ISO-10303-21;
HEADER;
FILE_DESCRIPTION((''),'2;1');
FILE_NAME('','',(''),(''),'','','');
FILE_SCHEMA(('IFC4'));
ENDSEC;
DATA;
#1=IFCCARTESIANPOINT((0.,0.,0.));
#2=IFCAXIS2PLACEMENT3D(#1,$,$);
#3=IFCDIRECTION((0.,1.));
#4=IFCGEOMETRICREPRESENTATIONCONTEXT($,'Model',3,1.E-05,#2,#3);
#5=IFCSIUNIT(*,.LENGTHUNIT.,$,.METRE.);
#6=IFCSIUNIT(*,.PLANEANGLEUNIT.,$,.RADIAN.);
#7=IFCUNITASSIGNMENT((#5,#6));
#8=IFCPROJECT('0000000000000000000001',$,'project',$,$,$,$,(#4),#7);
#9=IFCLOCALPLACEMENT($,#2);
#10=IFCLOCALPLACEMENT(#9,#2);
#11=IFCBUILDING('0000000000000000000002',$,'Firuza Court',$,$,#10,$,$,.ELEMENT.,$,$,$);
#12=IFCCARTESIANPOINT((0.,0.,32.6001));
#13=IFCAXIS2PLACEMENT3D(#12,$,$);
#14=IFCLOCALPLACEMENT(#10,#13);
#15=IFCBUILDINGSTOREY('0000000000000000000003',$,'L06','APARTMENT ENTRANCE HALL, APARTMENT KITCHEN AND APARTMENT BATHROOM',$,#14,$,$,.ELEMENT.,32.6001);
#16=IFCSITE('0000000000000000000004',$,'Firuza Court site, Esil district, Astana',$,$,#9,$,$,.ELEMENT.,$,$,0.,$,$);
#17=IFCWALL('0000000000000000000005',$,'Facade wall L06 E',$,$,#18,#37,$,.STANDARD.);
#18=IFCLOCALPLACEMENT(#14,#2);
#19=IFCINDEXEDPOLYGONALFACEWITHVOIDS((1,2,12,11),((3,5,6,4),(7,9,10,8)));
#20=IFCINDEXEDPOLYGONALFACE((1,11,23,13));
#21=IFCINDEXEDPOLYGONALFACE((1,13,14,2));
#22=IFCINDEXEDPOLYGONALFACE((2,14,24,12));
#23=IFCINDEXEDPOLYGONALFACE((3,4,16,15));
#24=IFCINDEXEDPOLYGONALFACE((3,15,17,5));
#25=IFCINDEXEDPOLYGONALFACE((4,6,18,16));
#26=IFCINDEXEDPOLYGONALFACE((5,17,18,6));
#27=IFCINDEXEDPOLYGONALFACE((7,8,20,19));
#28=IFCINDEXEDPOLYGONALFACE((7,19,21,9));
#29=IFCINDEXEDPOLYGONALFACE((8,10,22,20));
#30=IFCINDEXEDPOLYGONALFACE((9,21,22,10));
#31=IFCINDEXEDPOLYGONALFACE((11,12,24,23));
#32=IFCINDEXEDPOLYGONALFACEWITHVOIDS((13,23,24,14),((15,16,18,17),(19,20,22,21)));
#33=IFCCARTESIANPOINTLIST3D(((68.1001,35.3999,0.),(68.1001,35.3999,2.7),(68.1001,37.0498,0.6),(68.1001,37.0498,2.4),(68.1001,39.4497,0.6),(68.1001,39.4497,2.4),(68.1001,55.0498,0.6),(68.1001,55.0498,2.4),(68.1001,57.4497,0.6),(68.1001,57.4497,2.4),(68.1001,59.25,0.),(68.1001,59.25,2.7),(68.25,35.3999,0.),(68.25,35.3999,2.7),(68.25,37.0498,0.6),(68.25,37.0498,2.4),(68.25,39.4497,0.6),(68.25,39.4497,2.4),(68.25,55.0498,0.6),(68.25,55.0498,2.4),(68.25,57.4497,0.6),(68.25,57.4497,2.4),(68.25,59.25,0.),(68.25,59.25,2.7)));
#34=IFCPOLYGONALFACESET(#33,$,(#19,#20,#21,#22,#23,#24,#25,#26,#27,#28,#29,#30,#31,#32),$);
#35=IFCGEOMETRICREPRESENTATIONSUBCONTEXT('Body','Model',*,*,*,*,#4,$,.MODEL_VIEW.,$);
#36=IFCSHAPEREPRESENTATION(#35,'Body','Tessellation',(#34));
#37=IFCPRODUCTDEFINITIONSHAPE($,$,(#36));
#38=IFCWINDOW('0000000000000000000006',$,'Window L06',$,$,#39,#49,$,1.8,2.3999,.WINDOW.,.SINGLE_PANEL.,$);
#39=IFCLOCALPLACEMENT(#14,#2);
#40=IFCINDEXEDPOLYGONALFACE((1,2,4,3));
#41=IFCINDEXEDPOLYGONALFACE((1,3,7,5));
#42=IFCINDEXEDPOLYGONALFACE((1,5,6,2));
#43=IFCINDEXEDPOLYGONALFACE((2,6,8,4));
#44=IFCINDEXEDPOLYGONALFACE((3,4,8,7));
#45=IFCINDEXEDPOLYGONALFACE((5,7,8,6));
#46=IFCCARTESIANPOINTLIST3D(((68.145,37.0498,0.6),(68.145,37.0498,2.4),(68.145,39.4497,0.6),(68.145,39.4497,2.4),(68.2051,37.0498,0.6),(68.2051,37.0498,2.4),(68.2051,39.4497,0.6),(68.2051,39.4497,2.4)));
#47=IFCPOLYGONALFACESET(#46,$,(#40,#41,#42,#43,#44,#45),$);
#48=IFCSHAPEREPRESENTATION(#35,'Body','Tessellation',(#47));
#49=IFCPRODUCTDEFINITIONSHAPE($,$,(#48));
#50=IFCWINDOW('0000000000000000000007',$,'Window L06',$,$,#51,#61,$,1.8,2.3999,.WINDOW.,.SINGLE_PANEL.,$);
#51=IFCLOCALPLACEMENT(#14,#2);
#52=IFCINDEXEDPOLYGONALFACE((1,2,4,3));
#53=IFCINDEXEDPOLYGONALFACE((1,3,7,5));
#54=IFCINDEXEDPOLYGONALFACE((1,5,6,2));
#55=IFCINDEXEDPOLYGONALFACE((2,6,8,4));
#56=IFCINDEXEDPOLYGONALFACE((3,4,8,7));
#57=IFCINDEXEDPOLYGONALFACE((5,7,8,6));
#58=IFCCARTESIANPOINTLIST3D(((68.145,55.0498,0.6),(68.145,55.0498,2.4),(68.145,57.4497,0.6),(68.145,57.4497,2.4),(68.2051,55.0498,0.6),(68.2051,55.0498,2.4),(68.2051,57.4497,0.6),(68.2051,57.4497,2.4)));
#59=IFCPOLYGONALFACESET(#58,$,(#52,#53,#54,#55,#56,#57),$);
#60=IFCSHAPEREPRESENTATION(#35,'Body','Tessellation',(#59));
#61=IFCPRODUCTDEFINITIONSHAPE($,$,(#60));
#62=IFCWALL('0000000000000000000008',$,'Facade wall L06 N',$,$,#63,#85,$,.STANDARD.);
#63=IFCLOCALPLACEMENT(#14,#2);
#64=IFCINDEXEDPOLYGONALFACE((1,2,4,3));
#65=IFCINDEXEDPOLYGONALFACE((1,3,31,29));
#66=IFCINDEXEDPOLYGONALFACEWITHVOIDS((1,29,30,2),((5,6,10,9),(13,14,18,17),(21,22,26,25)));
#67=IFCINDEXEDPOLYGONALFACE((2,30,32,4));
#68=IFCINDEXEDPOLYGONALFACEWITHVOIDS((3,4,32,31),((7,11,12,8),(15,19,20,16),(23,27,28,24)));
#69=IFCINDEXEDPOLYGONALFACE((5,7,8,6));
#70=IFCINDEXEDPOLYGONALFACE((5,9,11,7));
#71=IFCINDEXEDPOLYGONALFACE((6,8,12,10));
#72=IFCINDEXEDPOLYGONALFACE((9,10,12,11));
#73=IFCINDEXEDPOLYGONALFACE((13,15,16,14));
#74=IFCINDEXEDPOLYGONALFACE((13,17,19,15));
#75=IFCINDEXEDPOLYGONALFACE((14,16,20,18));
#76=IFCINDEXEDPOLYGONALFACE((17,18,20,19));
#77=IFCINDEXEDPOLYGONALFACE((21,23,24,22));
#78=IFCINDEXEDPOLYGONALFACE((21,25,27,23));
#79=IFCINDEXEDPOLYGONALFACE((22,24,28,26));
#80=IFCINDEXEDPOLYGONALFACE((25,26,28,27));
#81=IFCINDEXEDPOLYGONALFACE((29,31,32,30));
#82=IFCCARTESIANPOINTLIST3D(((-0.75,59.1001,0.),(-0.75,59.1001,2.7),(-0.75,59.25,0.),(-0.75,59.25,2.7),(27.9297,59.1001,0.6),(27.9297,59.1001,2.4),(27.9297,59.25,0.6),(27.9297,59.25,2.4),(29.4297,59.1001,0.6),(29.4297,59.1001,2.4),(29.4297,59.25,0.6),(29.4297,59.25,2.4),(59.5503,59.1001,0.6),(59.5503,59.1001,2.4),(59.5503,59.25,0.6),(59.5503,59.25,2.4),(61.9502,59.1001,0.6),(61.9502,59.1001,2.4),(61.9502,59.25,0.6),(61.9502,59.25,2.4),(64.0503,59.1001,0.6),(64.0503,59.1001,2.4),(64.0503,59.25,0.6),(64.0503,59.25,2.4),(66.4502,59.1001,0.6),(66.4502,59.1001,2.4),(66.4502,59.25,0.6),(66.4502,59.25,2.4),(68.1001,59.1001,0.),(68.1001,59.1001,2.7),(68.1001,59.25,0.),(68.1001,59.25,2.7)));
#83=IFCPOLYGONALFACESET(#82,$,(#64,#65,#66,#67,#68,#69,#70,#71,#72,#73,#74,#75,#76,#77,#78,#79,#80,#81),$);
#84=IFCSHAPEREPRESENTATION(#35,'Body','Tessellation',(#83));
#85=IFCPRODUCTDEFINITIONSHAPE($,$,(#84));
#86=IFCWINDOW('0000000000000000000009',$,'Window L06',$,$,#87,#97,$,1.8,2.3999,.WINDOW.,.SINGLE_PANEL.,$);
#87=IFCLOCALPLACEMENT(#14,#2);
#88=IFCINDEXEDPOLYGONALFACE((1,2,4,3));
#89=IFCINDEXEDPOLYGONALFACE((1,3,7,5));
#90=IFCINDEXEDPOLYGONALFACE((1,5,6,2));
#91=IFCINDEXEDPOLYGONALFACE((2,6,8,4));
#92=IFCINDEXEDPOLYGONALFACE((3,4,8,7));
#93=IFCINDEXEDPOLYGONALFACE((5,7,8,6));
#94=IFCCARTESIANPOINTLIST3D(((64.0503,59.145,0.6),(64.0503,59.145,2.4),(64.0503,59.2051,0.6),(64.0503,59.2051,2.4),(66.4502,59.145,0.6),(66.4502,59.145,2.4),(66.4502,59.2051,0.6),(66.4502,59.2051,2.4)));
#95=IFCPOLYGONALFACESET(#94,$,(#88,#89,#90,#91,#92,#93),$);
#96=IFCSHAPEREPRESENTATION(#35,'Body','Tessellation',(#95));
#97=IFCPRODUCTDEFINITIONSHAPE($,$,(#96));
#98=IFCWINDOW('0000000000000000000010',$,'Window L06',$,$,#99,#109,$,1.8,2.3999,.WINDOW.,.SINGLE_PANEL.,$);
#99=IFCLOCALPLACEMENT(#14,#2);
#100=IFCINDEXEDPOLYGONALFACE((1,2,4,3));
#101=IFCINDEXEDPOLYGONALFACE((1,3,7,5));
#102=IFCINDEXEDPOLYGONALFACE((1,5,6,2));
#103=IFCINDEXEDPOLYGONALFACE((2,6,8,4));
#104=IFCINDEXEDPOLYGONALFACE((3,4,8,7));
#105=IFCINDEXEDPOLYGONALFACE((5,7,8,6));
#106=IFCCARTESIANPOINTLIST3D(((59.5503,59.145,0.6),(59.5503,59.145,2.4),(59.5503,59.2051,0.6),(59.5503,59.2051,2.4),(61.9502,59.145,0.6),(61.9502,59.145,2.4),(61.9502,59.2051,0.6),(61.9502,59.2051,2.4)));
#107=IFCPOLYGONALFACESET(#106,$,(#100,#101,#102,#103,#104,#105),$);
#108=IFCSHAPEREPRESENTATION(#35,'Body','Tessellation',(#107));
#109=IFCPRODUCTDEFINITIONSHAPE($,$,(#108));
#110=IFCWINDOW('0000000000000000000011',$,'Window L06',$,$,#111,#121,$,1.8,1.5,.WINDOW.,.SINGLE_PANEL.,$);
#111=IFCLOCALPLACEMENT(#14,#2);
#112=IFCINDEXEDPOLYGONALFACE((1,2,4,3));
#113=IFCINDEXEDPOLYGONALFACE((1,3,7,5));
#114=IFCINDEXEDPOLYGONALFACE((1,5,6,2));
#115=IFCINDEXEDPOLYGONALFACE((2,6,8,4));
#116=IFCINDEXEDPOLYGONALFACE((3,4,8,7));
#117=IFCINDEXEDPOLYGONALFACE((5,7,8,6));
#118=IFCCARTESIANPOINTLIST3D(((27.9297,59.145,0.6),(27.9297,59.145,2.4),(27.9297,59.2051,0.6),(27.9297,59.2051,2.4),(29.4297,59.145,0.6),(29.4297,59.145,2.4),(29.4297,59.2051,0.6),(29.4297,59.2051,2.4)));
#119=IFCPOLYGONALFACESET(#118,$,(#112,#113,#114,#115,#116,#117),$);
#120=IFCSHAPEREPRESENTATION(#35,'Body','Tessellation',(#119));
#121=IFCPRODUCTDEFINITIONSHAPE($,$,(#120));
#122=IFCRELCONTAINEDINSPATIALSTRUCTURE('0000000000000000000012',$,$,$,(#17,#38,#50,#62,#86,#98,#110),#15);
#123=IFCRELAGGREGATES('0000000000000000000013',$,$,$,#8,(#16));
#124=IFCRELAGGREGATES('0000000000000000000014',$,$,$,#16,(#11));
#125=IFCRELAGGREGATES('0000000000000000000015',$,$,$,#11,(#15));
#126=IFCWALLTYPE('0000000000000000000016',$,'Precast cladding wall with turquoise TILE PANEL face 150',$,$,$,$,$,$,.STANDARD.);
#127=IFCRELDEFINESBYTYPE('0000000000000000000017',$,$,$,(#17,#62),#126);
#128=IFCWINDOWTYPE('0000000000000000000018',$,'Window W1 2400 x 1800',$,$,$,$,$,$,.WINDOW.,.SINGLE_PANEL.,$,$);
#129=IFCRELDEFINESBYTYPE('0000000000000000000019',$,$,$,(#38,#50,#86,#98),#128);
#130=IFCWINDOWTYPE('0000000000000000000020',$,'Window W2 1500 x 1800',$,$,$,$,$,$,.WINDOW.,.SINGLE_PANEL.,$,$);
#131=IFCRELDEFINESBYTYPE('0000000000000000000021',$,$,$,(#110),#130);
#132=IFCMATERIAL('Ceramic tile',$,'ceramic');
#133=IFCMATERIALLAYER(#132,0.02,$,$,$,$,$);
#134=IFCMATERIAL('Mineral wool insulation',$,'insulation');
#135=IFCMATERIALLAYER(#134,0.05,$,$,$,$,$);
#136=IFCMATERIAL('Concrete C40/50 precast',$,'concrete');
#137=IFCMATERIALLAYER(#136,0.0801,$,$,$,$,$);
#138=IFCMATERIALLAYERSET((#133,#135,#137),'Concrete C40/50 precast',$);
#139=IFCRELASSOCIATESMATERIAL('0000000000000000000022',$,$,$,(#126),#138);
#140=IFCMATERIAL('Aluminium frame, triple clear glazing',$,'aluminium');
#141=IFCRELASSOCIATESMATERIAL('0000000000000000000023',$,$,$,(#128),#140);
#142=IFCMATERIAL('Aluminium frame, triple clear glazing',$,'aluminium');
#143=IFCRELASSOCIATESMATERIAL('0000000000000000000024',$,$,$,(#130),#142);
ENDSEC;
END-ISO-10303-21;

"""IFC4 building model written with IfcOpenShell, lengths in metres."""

from ifc_helpers import new_model, si_unit, direction, frame, frame_2d, origin, place, context, subcontext, project, spatial, rectangle, extrude, material, layer, layer_set, type_object, element, fill, save


model = new_model("IFC4")

# Units and contexts
model_context = context("Model", 3, precision=1e-05, world=origin(), true_north=direction((0.0, 1.0)))
body_context = subcontext(model_context, "Body", "Model", "MODEL_VIEW")
ifc_project = project(units=[si_unit("LENGTHUNIT", "METRE"), si_unit("PLANEANGLEUNIT", "RADIAN")], contexts=[model_context])

# Site, building, storey
site_placement = place(None, origin())
site = spatial("IfcSite", under=ifc_project, at=site_placement, Name="Firuza Court site, Esil district, Astana", CompositionType="ELEMENT", RefElevation=0.0)
building_placement = place(site_placement, origin())
building = spatial("IfcBuilding", under=site, at=building_placement, Name="Firuza Court", CompositionType="ELEMENT")
storey_placement = place(building_placement, frame((0.0, 0.0, 32.6001)))
storey = spatial("IfcBuildingStorey", under=building, at=storey_placement, Name="L06", Description="APARTMENT ENTRANCE HALL, APARTMENT KITCHEN AND APARTMENT BATHROOM", CompositionType="ELEMENT", Elevation=32.6001)

# Shared definitions
ifc_material_1 = material(Name="Ceramic tile", Category="ceramic")

# Walls, openings, windows
ifc_layer_1 = layer(ifc_material_1, 0.02)
ifc_material_2 = material(Name="Mineral wool insulation", Category="insulation")
ifc_layer_2 = layer(ifc_material_2, 0.05)
ifc_material_3 = material(Name="Concrete C40/50 precast", Category="concrete")
ifc_layer_3 = layer(ifc_material_3, 0.0801)
ifc_layer_set_1 = layer_set([ifc_layer_1, ifc_layer_2, ifc_layer_3], Name="Concrete C40/50 precast")
wall_type = type_object("IfcWallType", Name="Precast cladding wall with turquoise TILE PANEL face 150", PredefinedType="STANDARD", material=ifc_layer_set_1)
wall_1_placement = place(storey_placement, frame((68.175, 35.3999, 0.0), z_axis=(0.0, 0.0, 1.0), x_axis=(0.0, 1.0, 0.0)))
wall_1 = element("IfcWall", 1, at=wall_1_placement, inside=storey, type_object=wall_type, Name="Facade wall L06 E", PredefinedType="STANDARD", context=body_context, shape_type="SweptSolid", body=[
    extrude(rectangle(XDim=23.8501, YDim=0.1499, at=frame_2d((11.925, 0.0))), origin(), (0.0, 0.0, 1.0), 2.7),
])
opening_1_placement = place(wall_1_placement, frame((1.6499, 0.0, 0.6001)))
opening_1 = element("IfcOpeningElement", 2, at=opening_1_placement, cuts=wall_1, PredefinedType="OPENING", context=body_context, shape_type="SweptSolid", body=[
    extrude(rectangle(XDim=2.3999, YDim=1.8, at=frame_2d((1.2, 0.8999))), frame((0.0, 0.0869, 0.0), z_axis=(0.0, -1.0, 0.0), x_axis=(1.0, 0.0, 0.0)), (0.0, 0.0, 1.0), 0.1738),
])
opening_2_placement = place(wall_1_placement, frame((19.6499, 0.0, 0.6001)))
opening_2 = element("IfcOpeningElement", 3, at=opening_2_placement, cuts=wall_1, PredefinedType="OPENING", context=body_context, shape_type="SweptSolid", body=[
    extrude(rectangle(XDim=2.3999, YDim=1.8, at=frame_2d((1.2, 0.8999))), frame((0.0, 0.0869, 0.0), z_axis=(0.0, -1.0, 0.0), x_axis=(1.0, 0.0, 0.0)), (0.0, 0.0, 1.0), 0.1738),
])
ifc_material_4 = material(Name="Aluminium frame, triple clear glazing", Category="aluminium")
window_type_1 = type_object("IfcWindowType", Name="Window W1 2400 x 1800", PartitioningType="SINGLE_PANEL", PredefinedType="WINDOW", material=ifc_material_4)
window_1_placement = place(opening_1_placement, origin())
window_1 = element("IfcWindow", 4, at=window_1_placement, inside=storey, type_object=window_type_1, Name="Window L06", OverallHeight=1.8, OverallWidth=2.3999, PartitioningType="SINGLE_PANEL", PredefinedType="WINDOW", context=body_context, shape_type="SweptSolid", body=[
    extrude(rectangle(XDim=2.3999, YDim=1.8, at=frame_2d((1.2, 0.8999))), frame((0.0, 0.03, 0.0), z_axis=(0.0, -1.0, 0.0), x_axis=(1.0, 0.0, 0.0)), (0.0, 0.0, 1.0), 0.0601),
])
fill(opening_1, window_1)
window_2_placement = place(opening_2_placement, origin())
window_2 = element("IfcWindow", 5, at=window_2_placement, inside=storey, type_object=window_type_1, Name="Window L06", OverallHeight=1.8, OverallWidth=2.3999, PartitioningType="SINGLE_PANEL", PredefinedType="WINDOW", context=body_context, shape_type="SweptSolid", body=[
    extrude(rectangle(XDim=2.3999, YDim=1.8, at=frame_2d((1.2, 0.8999))), frame((0.0, 0.03, 0.0), z_axis=(0.0, -1.0, 0.0), x_axis=(1.0, 0.0, 0.0)), (0.0, 0.0, 1.0), 0.0601),
])
fill(opening_2, window_2)
wall_2_placement = place(storey_placement, frame((68.1001, 59.175, 0.0), z_axis=(0.0, 0.0, 1.0), x_axis=(-1.0, 0.0, 0.0)))
wall_2 = element("IfcWall", 6, at=wall_2_placement, inside=storey, type_object=wall_type, Name="Facade wall L06 N", PredefinedType="STANDARD", context=body_context, shape_type="SweptSolid", body=[
    extrude(rectangle(XDim=68.8501, YDim=0.1499, at=frame_2d((34.425, 0.0))), origin(), (0.0, 0.0, 1.0), 2.7),
])
opening_3_placement = place(wall_2_placement, frame((1.6499, 0.0, 0.6001)))
opening_3 = element("IfcOpeningElement", 7, at=opening_3_placement, cuts=wall_2, PredefinedType="OPENING", context=body_context, shape_type="SweptSolid", body=[
    extrude(rectangle(XDim=2.3999, YDim=1.8, at=frame_2d((1.2, 0.8999))), frame((0.0, 0.0869, 0.0), z_axis=(0.0, -1.0, 0.0), x_axis=(1.0, 0.0, 0.0)), (0.0, 0.0, 1.0), 0.1738),
])
opening_4_placement = place(wall_2_placement, frame((6.1499, 0.0, 0.6001)))
opening_4 = element("IfcOpeningElement", 8, at=opening_4_placement, cuts=wall_2, PredefinedType="OPENING", context=body_context, shape_type="SweptSolid", body=[
    extrude(rectangle(XDim=2.3999, YDim=1.8, at=frame_2d((1.2, 0.8999))), frame((0.0, 0.0869, 0.0), z_axis=(0.0, -1.0, 0.0), x_axis=(1.0, 0.0, 0.0)), (0.0, 0.0, 1.0), 0.1738),
])
opening_5_placement = place(wall_2_placement, frame((38.6704, 0.0, 0.6001)))
opening_5 = element("IfcOpeningElement", 9, at=opening_5_placement, cuts=wall_2, PredefinedType="OPENING", context=body_context, shape_type="SweptSolid", body=[
    extrude(rectangle(XDim=1.5, YDim=1.8, at=frame_2d((0.75, 0.8999))), frame((0.0, 0.0869, 0.0), z_axis=(0.0, -1.0, 0.0), x_axis=(1.0, 0.0, 0.0)), (0.0, 0.0, 1.0), 0.1738),
])
window_3_placement = place(opening_3_placement, origin())
window_3 = element("IfcWindow", 10, at=window_3_placement, inside=storey, type_object=window_type_1, Name="Window L06", OverallHeight=1.8, OverallWidth=2.3999, PartitioningType="SINGLE_PANEL", PredefinedType="WINDOW", context=body_context, shape_type="SweptSolid", body=[
    extrude(rectangle(XDim=2.3999, YDim=1.8, at=frame_2d((1.2, 0.8999))), frame((0.0, 0.03, 0.0), z_axis=(0.0, -1.0, 0.0), x_axis=(1.0, 0.0, 0.0)), (0.0, 0.0, 1.0), 0.0601),
])
fill(opening_3, window_3)
window_4_placement = place(opening_4_placement, origin())
window_4 = element("IfcWindow", 11, at=window_4_placement, inside=storey, type_object=window_type_1, Name="Window L06", OverallHeight=1.8, OverallWidth=2.3999, PartitioningType="SINGLE_PANEL", PredefinedType="WINDOW", context=body_context, shape_type="SweptSolid", body=[
    extrude(rectangle(XDim=2.3999, YDim=1.8, at=frame_2d((1.2, 0.8999))), frame((0.0, 0.03, 0.0), z_axis=(0.0, -1.0, 0.0), x_axis=(1.0, 0.0, 0.0)), (0.0, 0.0, 1.0), 0.0601),
])
fill(opening_4, window_4)
ifc_material_5 = material(Name="Aluminium frame, triple clear glazing", Category="aluminium")
window_type_2 = type_object("IfcWindowType", Name="Window W2 1500 x 1800", PartitioningType="SINGLE_PANEL", PredefinedType="WINDOW", material=ifc_material_5)
window_5_placement = place(opening_5_placement, origin())
window_5 = element("IfcWindow", 12, at=window_5_placement, inside=storey, type_object=window_type_2, Name="Window L06", OverallHeight=1.8, OverallWidth=1.5, PartitioningType="SINGLE_PANEL", PredefinedType="WINDOW", context=body_context, shape_type="SweptSolid", body=[
    extrude(rectangle(XDim=1.5, YDim=1.8, at=frame_2d((0.75, 0.8999))), frame((0.0, 0.03, 0.0), z_axis=(0.0, -1.0, 0.0), x_axis=(1.0, 0.0, 0.0)), (0.0, 0.0, 1.0), 0.0601),
])
fill(opening_5, window_5)

save(model, "model.ifc")
